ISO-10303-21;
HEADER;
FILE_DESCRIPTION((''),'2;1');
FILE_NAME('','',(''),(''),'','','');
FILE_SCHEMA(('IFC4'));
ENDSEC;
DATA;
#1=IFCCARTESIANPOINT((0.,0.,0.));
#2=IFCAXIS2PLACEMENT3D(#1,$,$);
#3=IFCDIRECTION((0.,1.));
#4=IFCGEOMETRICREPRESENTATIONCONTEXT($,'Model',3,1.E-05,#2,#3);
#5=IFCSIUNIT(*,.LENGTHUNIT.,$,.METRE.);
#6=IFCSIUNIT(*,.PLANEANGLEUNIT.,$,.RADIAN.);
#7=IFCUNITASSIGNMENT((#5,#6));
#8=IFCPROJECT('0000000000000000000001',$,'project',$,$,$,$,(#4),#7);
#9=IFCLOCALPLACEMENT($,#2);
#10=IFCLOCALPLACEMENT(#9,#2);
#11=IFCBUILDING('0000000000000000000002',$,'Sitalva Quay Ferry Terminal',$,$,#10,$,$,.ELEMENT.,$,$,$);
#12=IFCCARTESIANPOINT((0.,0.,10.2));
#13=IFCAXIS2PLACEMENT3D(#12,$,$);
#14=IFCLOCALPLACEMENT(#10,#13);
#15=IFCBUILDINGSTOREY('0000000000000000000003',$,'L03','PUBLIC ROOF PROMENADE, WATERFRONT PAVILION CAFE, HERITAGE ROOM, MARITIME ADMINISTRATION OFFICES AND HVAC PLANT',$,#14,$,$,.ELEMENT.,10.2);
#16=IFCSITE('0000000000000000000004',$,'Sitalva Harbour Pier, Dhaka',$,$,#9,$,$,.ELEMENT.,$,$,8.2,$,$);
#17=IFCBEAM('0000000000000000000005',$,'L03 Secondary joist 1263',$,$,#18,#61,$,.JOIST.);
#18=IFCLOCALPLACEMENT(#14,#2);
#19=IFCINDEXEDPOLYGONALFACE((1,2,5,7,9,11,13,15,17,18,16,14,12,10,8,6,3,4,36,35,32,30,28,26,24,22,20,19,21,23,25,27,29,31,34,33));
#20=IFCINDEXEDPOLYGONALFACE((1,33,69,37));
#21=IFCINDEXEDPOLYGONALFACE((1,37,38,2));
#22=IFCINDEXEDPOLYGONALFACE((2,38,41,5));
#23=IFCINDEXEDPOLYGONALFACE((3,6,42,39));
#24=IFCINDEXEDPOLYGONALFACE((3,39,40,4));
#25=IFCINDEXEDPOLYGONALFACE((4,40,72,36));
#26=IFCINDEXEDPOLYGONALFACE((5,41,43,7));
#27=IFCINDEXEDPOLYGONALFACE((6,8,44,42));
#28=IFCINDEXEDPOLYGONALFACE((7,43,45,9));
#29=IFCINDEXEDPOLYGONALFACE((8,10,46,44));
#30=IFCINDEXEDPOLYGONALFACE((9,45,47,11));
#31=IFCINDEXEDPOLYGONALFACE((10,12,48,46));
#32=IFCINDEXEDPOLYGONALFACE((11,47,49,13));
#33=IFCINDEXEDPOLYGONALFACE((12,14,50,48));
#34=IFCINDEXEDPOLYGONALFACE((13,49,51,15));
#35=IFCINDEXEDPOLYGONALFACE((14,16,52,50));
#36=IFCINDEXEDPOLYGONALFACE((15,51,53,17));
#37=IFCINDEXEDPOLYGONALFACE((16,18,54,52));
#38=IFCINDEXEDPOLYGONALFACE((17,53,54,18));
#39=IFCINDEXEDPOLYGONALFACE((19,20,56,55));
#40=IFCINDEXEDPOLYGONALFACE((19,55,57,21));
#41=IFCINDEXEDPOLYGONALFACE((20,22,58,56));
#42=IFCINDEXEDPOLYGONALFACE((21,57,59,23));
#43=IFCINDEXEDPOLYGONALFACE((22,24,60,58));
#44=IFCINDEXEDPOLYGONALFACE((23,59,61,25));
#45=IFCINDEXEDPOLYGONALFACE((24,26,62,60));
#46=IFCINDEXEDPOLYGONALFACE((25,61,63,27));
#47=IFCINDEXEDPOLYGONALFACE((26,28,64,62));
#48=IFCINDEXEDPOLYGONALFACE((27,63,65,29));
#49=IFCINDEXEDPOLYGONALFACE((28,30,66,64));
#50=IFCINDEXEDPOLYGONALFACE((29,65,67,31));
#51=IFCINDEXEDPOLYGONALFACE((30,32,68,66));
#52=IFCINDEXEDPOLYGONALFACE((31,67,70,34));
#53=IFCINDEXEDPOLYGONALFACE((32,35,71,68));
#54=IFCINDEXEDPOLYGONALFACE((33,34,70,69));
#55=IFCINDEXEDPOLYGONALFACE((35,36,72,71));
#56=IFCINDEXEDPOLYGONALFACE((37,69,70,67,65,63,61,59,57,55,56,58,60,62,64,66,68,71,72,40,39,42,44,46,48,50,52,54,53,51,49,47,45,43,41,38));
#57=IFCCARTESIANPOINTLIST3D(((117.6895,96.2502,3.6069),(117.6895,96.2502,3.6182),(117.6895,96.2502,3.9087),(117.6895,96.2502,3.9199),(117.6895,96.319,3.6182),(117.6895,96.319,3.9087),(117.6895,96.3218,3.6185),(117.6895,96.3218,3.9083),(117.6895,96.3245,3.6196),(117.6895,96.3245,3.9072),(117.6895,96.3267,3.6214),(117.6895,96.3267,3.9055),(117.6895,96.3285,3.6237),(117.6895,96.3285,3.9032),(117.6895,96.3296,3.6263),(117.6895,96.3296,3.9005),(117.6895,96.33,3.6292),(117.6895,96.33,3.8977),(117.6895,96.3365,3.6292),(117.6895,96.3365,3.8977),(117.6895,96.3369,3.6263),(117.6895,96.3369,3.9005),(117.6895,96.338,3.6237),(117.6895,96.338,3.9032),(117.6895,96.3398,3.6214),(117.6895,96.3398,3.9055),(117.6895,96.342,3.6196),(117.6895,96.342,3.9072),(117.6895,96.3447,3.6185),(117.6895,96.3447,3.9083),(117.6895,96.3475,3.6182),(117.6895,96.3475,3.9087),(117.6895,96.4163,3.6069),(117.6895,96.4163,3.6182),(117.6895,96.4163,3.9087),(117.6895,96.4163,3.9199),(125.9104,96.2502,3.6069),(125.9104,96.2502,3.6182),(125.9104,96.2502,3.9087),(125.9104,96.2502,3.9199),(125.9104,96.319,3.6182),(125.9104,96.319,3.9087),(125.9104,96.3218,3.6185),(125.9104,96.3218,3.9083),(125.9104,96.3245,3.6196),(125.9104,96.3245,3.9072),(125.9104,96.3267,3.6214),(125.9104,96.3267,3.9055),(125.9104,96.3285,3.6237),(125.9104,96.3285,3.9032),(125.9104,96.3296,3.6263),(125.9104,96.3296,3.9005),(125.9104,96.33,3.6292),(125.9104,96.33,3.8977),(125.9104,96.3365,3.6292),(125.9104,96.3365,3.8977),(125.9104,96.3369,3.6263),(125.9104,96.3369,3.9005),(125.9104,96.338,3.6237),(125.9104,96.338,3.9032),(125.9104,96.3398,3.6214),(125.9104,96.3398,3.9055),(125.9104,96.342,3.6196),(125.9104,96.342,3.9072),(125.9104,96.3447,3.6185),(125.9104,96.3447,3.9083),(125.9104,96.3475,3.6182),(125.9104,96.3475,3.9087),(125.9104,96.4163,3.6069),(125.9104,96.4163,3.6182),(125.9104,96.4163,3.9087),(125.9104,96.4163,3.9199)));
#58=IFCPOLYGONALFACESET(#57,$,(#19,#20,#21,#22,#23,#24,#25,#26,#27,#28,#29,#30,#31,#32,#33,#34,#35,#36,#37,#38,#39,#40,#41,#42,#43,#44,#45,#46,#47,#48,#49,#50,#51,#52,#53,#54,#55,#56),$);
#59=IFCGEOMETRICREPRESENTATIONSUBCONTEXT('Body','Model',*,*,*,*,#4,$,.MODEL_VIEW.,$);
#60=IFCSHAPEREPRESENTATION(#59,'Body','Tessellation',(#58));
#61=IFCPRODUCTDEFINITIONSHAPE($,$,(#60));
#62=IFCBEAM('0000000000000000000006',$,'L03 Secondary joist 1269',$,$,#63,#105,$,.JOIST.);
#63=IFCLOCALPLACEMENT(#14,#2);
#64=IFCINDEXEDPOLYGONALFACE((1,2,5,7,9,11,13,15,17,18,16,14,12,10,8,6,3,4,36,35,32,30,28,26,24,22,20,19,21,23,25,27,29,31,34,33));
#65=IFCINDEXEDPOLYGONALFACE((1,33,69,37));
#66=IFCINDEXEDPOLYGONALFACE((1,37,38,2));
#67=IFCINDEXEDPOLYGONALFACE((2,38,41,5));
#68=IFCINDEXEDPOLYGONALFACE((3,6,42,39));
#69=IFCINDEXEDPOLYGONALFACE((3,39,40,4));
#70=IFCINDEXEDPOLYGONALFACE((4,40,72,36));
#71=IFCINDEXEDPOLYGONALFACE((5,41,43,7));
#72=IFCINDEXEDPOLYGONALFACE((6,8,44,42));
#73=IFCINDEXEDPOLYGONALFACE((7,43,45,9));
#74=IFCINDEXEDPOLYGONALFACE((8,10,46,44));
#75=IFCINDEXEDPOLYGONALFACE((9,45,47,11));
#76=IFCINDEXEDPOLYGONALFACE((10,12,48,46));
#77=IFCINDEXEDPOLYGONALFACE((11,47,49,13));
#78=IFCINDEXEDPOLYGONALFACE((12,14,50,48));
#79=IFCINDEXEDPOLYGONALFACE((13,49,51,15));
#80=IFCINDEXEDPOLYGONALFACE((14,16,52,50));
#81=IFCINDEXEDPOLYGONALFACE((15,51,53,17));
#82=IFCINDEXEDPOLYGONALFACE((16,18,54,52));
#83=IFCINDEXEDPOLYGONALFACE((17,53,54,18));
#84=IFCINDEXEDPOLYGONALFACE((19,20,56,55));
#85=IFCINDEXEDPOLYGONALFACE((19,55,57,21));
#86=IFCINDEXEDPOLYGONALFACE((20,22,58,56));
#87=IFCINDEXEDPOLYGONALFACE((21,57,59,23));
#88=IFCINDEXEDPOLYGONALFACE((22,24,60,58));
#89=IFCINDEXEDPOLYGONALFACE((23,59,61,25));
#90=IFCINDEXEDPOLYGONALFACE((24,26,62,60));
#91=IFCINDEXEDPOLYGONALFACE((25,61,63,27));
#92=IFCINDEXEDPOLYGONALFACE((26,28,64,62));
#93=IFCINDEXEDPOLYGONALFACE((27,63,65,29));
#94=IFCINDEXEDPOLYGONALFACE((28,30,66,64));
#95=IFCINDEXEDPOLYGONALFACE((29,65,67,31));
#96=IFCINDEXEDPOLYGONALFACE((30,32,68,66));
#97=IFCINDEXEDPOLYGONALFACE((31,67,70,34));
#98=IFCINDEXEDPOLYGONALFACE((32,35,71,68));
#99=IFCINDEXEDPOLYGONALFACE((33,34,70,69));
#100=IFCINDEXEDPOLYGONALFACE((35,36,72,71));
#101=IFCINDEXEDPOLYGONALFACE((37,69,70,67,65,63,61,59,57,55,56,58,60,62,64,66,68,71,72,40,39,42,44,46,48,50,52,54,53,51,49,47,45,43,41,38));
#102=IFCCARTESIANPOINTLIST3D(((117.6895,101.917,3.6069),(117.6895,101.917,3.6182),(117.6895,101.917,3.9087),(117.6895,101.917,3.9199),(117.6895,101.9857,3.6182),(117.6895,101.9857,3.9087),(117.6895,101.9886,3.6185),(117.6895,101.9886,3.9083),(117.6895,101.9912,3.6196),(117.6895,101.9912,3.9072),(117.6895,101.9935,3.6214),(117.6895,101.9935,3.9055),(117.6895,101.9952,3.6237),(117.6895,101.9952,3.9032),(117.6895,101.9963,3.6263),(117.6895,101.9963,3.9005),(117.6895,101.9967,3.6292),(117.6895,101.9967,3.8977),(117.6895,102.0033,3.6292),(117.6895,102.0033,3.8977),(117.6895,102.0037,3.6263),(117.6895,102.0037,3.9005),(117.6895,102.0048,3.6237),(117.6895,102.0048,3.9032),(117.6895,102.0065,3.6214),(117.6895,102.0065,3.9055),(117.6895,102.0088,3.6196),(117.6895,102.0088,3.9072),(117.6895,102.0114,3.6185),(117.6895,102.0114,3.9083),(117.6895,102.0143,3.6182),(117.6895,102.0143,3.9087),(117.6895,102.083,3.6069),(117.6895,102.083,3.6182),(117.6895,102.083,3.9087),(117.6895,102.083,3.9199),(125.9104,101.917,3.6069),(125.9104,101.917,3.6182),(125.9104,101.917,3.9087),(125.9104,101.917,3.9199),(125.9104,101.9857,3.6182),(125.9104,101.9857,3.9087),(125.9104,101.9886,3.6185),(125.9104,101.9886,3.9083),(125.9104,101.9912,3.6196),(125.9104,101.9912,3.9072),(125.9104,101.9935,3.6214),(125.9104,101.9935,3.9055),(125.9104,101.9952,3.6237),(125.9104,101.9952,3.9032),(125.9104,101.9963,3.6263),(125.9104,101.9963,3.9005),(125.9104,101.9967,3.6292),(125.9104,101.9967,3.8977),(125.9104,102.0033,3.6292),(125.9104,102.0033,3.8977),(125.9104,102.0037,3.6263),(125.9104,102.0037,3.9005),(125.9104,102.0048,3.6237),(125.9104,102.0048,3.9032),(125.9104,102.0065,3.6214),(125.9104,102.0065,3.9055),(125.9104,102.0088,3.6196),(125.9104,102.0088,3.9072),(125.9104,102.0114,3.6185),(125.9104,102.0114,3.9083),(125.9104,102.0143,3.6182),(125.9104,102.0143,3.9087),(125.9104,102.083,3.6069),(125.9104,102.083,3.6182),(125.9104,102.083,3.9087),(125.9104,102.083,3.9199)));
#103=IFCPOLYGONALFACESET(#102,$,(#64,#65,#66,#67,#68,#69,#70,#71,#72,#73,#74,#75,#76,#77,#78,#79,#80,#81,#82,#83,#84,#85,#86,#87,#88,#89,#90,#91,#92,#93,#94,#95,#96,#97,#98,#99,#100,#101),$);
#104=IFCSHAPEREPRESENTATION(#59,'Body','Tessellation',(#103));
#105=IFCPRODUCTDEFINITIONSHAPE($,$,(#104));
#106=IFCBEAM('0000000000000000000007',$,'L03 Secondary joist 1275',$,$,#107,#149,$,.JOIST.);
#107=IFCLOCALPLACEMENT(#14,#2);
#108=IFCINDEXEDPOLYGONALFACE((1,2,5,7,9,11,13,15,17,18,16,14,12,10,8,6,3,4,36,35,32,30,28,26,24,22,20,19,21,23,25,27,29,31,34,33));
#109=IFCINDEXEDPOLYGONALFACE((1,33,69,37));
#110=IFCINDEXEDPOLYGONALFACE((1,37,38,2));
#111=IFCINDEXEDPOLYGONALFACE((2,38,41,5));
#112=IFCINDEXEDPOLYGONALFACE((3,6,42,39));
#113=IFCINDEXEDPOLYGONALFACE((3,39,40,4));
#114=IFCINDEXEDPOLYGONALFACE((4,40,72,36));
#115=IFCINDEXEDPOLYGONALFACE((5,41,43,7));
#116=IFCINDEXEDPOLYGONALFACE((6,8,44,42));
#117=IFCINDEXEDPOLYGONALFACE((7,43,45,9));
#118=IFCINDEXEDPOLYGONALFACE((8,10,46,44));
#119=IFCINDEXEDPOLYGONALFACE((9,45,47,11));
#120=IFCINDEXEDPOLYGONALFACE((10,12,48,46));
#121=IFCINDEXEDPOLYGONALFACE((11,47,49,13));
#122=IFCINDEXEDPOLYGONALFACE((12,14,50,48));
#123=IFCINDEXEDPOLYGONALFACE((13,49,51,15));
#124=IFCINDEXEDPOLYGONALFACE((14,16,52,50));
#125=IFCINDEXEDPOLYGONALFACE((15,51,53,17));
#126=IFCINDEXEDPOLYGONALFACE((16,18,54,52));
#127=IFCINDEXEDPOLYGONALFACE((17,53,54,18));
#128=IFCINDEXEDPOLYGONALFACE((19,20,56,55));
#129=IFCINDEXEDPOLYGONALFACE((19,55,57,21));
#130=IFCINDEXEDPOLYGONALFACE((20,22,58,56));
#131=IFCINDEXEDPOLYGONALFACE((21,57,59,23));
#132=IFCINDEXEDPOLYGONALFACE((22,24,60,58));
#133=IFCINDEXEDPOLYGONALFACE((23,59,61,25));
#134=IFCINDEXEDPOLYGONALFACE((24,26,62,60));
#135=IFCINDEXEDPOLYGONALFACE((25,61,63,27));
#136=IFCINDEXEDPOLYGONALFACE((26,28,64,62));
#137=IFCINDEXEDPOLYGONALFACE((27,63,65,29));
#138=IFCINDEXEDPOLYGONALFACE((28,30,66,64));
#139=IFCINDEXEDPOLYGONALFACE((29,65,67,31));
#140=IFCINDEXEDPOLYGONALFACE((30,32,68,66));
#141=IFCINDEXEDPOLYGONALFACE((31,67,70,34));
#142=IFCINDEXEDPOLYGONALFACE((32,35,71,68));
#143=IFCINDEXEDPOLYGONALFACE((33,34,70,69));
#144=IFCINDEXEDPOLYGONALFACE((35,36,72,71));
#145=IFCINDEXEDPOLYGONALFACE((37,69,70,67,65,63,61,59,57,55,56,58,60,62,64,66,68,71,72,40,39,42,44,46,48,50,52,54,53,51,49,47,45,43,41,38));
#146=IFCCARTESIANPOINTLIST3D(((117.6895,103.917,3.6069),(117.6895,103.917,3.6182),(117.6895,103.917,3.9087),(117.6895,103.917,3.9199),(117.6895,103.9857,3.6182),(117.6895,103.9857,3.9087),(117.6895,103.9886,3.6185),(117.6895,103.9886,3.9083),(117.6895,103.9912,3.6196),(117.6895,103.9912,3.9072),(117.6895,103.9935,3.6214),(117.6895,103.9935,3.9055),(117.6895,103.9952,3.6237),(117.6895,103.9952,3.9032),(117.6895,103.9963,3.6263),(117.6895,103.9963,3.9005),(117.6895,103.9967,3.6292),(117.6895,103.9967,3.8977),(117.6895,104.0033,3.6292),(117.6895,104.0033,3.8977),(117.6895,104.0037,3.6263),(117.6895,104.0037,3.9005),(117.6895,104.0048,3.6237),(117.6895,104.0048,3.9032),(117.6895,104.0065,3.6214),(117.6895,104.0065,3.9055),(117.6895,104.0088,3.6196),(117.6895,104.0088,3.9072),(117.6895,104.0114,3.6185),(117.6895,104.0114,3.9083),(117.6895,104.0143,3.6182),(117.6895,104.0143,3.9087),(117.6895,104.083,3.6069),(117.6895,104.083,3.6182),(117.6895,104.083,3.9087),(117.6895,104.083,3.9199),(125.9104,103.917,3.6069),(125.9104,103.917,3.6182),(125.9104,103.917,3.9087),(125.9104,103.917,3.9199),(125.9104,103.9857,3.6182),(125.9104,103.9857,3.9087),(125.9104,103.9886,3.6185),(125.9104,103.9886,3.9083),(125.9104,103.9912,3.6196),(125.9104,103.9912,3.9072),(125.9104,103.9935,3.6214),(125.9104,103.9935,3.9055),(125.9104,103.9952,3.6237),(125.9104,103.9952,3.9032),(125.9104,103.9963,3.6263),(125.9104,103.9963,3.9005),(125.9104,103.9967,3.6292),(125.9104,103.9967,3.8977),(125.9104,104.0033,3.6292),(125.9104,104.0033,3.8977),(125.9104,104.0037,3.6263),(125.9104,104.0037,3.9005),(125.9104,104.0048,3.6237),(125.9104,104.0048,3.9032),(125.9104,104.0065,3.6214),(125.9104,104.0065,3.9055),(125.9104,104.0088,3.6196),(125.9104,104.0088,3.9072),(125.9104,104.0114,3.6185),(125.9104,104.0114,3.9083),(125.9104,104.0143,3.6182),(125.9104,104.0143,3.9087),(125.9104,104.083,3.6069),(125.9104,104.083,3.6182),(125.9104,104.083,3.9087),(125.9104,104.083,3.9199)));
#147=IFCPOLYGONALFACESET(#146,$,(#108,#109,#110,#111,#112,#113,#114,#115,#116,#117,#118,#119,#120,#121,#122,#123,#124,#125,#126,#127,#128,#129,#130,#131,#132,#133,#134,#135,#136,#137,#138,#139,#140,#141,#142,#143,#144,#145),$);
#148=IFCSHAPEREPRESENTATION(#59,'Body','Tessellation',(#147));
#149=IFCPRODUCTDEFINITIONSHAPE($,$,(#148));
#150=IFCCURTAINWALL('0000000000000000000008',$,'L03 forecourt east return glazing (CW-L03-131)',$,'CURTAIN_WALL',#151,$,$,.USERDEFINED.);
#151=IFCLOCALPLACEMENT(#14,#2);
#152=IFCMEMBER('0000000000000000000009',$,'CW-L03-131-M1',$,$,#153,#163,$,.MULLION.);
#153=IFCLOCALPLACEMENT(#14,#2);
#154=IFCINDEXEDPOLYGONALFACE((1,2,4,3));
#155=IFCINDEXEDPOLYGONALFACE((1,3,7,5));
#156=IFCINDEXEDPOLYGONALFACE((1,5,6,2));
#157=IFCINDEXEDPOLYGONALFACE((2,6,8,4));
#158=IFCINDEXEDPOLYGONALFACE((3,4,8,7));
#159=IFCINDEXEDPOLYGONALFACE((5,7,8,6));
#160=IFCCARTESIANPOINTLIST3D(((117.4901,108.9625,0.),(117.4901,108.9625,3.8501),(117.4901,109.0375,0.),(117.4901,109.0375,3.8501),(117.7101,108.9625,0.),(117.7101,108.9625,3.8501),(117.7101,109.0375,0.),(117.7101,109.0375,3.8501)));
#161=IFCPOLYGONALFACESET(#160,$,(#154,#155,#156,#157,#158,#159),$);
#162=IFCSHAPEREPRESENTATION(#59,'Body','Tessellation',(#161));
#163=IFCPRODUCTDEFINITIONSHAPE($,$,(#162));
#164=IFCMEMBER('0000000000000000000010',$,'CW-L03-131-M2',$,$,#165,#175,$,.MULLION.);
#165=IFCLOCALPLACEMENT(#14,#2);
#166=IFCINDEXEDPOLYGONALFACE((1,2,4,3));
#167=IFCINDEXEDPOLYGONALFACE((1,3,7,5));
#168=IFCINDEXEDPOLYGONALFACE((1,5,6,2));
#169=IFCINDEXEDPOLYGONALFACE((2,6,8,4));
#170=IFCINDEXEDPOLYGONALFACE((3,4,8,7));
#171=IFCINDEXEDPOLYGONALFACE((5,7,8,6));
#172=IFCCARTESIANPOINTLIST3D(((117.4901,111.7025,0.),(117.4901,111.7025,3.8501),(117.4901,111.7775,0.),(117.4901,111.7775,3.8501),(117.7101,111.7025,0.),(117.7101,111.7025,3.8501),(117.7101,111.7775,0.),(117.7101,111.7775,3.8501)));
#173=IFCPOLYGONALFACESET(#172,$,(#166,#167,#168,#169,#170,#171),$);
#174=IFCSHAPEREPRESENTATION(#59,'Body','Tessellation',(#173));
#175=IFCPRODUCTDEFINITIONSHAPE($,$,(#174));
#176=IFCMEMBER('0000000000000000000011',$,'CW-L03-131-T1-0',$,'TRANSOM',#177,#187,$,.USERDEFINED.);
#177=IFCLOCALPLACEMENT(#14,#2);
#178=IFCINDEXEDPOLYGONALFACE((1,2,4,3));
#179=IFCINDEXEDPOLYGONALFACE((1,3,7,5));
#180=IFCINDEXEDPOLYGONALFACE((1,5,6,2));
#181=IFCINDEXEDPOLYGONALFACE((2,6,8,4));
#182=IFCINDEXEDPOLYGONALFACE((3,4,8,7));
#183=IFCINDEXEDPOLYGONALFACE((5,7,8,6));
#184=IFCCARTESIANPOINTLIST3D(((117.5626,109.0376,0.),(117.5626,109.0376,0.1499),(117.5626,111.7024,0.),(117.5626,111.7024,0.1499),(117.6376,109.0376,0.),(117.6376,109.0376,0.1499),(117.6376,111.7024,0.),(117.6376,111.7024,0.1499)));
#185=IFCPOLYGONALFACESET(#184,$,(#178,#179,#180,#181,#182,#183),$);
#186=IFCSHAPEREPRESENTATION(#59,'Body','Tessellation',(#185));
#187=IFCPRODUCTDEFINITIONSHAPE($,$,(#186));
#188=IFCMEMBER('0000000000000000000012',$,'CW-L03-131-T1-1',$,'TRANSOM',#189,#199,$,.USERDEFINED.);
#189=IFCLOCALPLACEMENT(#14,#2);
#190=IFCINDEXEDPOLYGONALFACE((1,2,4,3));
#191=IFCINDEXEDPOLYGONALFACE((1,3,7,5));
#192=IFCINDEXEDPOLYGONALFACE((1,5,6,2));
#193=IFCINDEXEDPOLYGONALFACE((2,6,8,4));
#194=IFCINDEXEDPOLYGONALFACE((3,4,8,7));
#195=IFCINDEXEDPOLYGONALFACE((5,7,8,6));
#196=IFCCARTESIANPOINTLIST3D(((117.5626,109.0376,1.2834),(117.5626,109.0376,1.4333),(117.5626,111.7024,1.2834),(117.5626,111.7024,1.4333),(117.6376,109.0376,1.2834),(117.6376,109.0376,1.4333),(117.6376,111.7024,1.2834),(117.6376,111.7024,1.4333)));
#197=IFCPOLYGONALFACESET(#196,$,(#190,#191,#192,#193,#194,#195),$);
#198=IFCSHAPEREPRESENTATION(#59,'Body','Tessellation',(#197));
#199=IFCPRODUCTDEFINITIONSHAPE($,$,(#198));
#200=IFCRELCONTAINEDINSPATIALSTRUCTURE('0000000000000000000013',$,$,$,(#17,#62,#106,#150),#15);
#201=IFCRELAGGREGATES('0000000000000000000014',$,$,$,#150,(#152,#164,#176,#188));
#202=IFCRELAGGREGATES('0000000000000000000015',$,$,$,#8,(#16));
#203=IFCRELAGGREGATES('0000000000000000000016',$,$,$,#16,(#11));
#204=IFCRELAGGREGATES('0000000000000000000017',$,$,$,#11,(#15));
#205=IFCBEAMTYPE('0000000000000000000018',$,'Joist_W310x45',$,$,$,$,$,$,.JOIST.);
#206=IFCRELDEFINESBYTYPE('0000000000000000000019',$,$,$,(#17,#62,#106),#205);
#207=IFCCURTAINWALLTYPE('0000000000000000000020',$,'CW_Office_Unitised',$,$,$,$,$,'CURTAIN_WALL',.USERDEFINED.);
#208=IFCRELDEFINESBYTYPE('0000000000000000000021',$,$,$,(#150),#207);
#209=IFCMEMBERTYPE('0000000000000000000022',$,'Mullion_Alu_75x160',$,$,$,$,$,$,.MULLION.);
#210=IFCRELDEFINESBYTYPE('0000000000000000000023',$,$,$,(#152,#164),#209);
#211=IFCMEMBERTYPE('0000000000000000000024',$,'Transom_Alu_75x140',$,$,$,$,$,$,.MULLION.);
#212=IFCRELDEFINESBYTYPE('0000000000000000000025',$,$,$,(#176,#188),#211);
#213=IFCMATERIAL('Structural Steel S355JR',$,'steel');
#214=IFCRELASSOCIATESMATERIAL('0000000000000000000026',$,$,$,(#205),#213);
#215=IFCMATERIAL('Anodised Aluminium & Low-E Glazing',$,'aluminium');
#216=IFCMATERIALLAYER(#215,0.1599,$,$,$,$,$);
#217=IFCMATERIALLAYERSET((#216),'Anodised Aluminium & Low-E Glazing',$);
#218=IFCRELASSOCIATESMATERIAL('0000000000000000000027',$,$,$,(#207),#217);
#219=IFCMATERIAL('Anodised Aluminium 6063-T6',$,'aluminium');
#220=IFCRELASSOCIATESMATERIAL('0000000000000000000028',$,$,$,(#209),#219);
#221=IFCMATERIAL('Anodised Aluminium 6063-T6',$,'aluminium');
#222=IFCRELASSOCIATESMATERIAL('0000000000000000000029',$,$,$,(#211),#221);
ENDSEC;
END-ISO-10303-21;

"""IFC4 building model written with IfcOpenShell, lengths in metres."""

from ifc_helpers import new_model, si_unit, direction, frame, origin, origin_2d, place, context, subcontext, project, spatial, rectangle, i_section, extrude, material, layer, layer_set, material_profile, profile_set, type_object, element, aggregate, save


model = new_model("IFC4")

# Units and contexts
model_context = context("Model", 3, precision=1e-05, world=origin(), true_north=direction((0.0, 1.0)))
body_context = subcontext(model_context, "Body", "Model", "MODEL_VIEW")
ifc_project = project(units=[si_unit("LENGTHUNIT", "METRE"), si_unit("PLANEANGLEUNIT", "RADIAN")], contexts=[model_context])

# Site, building, storey
site_placement = place(None, origin())
site = spatial("IfcSite", under=ifc_project, at=site_placement, Name="Sitalva Harbour Pier, Dhaka", CompositionType="ELEMENT", RefElevation=8.2)
building_placement = place(site_placement, origin())
building = spatial("IfcBuilding", under=site, at=building_placement, Name="Sitalva Quay Ferry Terminal", CompositionType="ELEMENT")
storey_placement = place(building_placement, frame((0.0, 0.0, 10.2)))
storey = spatial("IfcBuildingStorey", under=building, at=storey_placement, Name="L03", Description="PUBLIC ROOF PROMENADE, WATERFRONT PAVILION CAFE, HERITAGE ROOM, MARITIME ADMINISTRATION OFFICES AND HVAC PLANT", CompositionType="ELEMENT", Elevation=10.2)

# Beams
ifc_material_1 = material(Name="Structural Steel S355JR", Category="steel")
ifc_material_profile_1 = material_profile(ifc_material_1, i_section(OverallWidth=0.166, OverallDepth=0.313, WebThickness=0.0066, FlangeThickness=0.0112, FilletRadius=0.011, at=origin_2d()), Name="W310x45")
ifc_profile_set_1 = profile_set([ifc_material_profile_1], Name="Structural Steel S355JR")
beam_type = type_object("IfcBeamType", Name="Joist_W310x45", PredefinedType="JOIST", material=ifc_profile_set_1)
for number, where, z_axis, x_axis, name in (
    (1, (117.6895, 96.3333, 3.7634), (1.0, 0.0, 0.0), (0.0, 1.0, 0.0), "L03 Secondary joist 1263"),
    (2, (117.6895, 102.0, 3.7634), (1.0, 0.0, 0.0), (0.0, 1.0, 0.0), "L03 Secondary joist 1269"),
    (3, (117.6895, 104.0, 3.7634), (1.0, 0.0, 0.0), (0.0, 1.0, 0.0), "L03 Secondary joist 1275"),
):
    element("IfcBeam", number, at=place(storey_placement, frame(where, z_axis=z_axis, x_axis=x_axis)), inside=storey, type_object=beam_type, Name=name, PredefinedType="JOIST", context=body_context, shape_type="SweptSolid", body=[
        extrude(i_section(OverallWidth=0.166, OverallDepth=0.313, WebThickness=0.0066, FlangeThickness=0.0112, FilletRadius=0.011, at=origin_2d()), origin(), (0.0, 0.0, 1.0), 8.2209),
    ])

# Curtain wall, members
ifc_material_2 = material(Name="Anodised Aluminium & Low-E Glazing", Category="aluminium")
ifc_layer_1 = layer(ifc_material_2, 0.1599)
ifc_layer_set_1 = layer_set([ifc_layer_1], Name="Anodised Aluminium & Low-E Glazing")
curtain_wall_type = type_object("IfcCurtainWallType", Name="CW_Office_Unitised", ElementType="CURTAIN_WALL", PredefinedType="USERDEFINED", material=ifc_layer_set_1)
curtain_wall_placement = place(storey_placement, origin())
curtain_wall = element("IfcCurtainWall", 4, at=curtain_wall_placement, inside=storey, type_object=curtain_wall_type, Name="L03 forecourt east return glazing (CW-L03-131)", ObjectType="CURTAIN_WALL", PredefinedType="USERDEFINED")
ifc_material_3 = material(Name="Anodised Aluminium 6063-T6", Category="aluminium")
ifc_material_profile_2 = material_profile(ifc_material_3, rectangle(XDim=0.075, YDim=0.22, at=origin_2d()), Name="ALU75x220")
ifc_profile_set_2 = profile_set([ifc_material_profile_2], Name="Anodised Aluminium 6063-T6")
member_type_1 = type_object("IfcMemberType", Name="Mullion_Alu_75x160", PredefinedType="MULLION", material=ifc_profile_set_2)
member_1_placement = place(storey_placement, frame((117.6001, 109.0, 0.0), z_axis=(0.0, 0.0, 1.0), x_axis=(0.0, 1.0, 0.0)))
member_1 = element("IfcMember", 5, at=member_1_placement, type_object=member_type_1, Name="CW-L03-131-M1", PredefinedType="MULLION", context=body_context, shape_type="SweptSolid", body=[
    extrude(rectangle(XDim=0.075, YDim=0.22, at=origin_2d()), origin(), (0.0, 0.0, 1.0), 3.8501),
])
member_2_placement = place(storey_placement, frame((117.6001, 111.74, 0.0), z_axis=(0.0, 0.0, 1.0), x_axis=(0.0, 1.0, 0.0)))
member_2 = element("IfcMember", 6, at=member_2_placement, type_object=member_type_1, Name="CW-L03-131-M2", PredefinedType="MULLION", context=body_context, shape_type="SweptSolid", body=[
    extrude(rectangle(XDim=0.075, YDim=0.22, at=origin_2d()), origin(), (0.0, 0.0, 1.0), 3.8501),
])
ifc_material_4 = material(Name="Anodised Aluminium 6063-T6", Category="aluminium")
ifc_material_profile_3 = material_profile(ifc_material_4, rectangle(XDim=0.075, YDim=0.1499, at=origin_2d()), Name="ALU75x150")
ifc_profile_set_3 = profile_set([ifc_material_profile_3], Name="Anodised Aluminium 6063-T6")
member_type_2 = type_object("IfcMemberType", Name="Transom_Alu_75x140", PredefinedType="MULLION", material=ifc_profile_set_3)
member_3_placement = place(storey_placement, frame((117.6001, 109.0376, 0.075), z_axis=(0.0, 1.0, 0.0), x_axis=(-1.0, 0.0, 0.0)))
member_3 = element("IfcMember", 7, at=member_3_placement, type_object=member_type_2, Name="CW-L03-131-T1-0", ObjectType="TRANSOM", PredefinedType="USERDEFINED", context=body_context, shape_type="SweptSolid", body=[
    extrude(rectangle(XDim=0.075, YDim=0.1499, at=origin_2d()), origin(), (0.0, 0.0, 1.0), 2.6648),
])
member_4_placement = place(storey_placement, frame((117.6001, 109.0376, 1.3584), z_axis=(0.0, 1.0, 0.0), x_axis=(-1.0, 0.0, 0.0)))
member_4 = element("IfcMember", 8, at=member_4_placement, type_object=member_type_2, Name="CW-L03-131-T1-1", ObjectType="TRANSOM", PredefinedType="USERDEFINED", context=body_context, shape_type="SweptSolid", body=[
    extrude(rectangle(XDim=0.075, YDim=0.1499, at=origin_2d()), origin(), (0.0, 0.0, 1.0), 2.6648),
])
aggregate(curtain_wall, [member_1, member_2, member_3, member_4])

save(model, "model.ifc")
